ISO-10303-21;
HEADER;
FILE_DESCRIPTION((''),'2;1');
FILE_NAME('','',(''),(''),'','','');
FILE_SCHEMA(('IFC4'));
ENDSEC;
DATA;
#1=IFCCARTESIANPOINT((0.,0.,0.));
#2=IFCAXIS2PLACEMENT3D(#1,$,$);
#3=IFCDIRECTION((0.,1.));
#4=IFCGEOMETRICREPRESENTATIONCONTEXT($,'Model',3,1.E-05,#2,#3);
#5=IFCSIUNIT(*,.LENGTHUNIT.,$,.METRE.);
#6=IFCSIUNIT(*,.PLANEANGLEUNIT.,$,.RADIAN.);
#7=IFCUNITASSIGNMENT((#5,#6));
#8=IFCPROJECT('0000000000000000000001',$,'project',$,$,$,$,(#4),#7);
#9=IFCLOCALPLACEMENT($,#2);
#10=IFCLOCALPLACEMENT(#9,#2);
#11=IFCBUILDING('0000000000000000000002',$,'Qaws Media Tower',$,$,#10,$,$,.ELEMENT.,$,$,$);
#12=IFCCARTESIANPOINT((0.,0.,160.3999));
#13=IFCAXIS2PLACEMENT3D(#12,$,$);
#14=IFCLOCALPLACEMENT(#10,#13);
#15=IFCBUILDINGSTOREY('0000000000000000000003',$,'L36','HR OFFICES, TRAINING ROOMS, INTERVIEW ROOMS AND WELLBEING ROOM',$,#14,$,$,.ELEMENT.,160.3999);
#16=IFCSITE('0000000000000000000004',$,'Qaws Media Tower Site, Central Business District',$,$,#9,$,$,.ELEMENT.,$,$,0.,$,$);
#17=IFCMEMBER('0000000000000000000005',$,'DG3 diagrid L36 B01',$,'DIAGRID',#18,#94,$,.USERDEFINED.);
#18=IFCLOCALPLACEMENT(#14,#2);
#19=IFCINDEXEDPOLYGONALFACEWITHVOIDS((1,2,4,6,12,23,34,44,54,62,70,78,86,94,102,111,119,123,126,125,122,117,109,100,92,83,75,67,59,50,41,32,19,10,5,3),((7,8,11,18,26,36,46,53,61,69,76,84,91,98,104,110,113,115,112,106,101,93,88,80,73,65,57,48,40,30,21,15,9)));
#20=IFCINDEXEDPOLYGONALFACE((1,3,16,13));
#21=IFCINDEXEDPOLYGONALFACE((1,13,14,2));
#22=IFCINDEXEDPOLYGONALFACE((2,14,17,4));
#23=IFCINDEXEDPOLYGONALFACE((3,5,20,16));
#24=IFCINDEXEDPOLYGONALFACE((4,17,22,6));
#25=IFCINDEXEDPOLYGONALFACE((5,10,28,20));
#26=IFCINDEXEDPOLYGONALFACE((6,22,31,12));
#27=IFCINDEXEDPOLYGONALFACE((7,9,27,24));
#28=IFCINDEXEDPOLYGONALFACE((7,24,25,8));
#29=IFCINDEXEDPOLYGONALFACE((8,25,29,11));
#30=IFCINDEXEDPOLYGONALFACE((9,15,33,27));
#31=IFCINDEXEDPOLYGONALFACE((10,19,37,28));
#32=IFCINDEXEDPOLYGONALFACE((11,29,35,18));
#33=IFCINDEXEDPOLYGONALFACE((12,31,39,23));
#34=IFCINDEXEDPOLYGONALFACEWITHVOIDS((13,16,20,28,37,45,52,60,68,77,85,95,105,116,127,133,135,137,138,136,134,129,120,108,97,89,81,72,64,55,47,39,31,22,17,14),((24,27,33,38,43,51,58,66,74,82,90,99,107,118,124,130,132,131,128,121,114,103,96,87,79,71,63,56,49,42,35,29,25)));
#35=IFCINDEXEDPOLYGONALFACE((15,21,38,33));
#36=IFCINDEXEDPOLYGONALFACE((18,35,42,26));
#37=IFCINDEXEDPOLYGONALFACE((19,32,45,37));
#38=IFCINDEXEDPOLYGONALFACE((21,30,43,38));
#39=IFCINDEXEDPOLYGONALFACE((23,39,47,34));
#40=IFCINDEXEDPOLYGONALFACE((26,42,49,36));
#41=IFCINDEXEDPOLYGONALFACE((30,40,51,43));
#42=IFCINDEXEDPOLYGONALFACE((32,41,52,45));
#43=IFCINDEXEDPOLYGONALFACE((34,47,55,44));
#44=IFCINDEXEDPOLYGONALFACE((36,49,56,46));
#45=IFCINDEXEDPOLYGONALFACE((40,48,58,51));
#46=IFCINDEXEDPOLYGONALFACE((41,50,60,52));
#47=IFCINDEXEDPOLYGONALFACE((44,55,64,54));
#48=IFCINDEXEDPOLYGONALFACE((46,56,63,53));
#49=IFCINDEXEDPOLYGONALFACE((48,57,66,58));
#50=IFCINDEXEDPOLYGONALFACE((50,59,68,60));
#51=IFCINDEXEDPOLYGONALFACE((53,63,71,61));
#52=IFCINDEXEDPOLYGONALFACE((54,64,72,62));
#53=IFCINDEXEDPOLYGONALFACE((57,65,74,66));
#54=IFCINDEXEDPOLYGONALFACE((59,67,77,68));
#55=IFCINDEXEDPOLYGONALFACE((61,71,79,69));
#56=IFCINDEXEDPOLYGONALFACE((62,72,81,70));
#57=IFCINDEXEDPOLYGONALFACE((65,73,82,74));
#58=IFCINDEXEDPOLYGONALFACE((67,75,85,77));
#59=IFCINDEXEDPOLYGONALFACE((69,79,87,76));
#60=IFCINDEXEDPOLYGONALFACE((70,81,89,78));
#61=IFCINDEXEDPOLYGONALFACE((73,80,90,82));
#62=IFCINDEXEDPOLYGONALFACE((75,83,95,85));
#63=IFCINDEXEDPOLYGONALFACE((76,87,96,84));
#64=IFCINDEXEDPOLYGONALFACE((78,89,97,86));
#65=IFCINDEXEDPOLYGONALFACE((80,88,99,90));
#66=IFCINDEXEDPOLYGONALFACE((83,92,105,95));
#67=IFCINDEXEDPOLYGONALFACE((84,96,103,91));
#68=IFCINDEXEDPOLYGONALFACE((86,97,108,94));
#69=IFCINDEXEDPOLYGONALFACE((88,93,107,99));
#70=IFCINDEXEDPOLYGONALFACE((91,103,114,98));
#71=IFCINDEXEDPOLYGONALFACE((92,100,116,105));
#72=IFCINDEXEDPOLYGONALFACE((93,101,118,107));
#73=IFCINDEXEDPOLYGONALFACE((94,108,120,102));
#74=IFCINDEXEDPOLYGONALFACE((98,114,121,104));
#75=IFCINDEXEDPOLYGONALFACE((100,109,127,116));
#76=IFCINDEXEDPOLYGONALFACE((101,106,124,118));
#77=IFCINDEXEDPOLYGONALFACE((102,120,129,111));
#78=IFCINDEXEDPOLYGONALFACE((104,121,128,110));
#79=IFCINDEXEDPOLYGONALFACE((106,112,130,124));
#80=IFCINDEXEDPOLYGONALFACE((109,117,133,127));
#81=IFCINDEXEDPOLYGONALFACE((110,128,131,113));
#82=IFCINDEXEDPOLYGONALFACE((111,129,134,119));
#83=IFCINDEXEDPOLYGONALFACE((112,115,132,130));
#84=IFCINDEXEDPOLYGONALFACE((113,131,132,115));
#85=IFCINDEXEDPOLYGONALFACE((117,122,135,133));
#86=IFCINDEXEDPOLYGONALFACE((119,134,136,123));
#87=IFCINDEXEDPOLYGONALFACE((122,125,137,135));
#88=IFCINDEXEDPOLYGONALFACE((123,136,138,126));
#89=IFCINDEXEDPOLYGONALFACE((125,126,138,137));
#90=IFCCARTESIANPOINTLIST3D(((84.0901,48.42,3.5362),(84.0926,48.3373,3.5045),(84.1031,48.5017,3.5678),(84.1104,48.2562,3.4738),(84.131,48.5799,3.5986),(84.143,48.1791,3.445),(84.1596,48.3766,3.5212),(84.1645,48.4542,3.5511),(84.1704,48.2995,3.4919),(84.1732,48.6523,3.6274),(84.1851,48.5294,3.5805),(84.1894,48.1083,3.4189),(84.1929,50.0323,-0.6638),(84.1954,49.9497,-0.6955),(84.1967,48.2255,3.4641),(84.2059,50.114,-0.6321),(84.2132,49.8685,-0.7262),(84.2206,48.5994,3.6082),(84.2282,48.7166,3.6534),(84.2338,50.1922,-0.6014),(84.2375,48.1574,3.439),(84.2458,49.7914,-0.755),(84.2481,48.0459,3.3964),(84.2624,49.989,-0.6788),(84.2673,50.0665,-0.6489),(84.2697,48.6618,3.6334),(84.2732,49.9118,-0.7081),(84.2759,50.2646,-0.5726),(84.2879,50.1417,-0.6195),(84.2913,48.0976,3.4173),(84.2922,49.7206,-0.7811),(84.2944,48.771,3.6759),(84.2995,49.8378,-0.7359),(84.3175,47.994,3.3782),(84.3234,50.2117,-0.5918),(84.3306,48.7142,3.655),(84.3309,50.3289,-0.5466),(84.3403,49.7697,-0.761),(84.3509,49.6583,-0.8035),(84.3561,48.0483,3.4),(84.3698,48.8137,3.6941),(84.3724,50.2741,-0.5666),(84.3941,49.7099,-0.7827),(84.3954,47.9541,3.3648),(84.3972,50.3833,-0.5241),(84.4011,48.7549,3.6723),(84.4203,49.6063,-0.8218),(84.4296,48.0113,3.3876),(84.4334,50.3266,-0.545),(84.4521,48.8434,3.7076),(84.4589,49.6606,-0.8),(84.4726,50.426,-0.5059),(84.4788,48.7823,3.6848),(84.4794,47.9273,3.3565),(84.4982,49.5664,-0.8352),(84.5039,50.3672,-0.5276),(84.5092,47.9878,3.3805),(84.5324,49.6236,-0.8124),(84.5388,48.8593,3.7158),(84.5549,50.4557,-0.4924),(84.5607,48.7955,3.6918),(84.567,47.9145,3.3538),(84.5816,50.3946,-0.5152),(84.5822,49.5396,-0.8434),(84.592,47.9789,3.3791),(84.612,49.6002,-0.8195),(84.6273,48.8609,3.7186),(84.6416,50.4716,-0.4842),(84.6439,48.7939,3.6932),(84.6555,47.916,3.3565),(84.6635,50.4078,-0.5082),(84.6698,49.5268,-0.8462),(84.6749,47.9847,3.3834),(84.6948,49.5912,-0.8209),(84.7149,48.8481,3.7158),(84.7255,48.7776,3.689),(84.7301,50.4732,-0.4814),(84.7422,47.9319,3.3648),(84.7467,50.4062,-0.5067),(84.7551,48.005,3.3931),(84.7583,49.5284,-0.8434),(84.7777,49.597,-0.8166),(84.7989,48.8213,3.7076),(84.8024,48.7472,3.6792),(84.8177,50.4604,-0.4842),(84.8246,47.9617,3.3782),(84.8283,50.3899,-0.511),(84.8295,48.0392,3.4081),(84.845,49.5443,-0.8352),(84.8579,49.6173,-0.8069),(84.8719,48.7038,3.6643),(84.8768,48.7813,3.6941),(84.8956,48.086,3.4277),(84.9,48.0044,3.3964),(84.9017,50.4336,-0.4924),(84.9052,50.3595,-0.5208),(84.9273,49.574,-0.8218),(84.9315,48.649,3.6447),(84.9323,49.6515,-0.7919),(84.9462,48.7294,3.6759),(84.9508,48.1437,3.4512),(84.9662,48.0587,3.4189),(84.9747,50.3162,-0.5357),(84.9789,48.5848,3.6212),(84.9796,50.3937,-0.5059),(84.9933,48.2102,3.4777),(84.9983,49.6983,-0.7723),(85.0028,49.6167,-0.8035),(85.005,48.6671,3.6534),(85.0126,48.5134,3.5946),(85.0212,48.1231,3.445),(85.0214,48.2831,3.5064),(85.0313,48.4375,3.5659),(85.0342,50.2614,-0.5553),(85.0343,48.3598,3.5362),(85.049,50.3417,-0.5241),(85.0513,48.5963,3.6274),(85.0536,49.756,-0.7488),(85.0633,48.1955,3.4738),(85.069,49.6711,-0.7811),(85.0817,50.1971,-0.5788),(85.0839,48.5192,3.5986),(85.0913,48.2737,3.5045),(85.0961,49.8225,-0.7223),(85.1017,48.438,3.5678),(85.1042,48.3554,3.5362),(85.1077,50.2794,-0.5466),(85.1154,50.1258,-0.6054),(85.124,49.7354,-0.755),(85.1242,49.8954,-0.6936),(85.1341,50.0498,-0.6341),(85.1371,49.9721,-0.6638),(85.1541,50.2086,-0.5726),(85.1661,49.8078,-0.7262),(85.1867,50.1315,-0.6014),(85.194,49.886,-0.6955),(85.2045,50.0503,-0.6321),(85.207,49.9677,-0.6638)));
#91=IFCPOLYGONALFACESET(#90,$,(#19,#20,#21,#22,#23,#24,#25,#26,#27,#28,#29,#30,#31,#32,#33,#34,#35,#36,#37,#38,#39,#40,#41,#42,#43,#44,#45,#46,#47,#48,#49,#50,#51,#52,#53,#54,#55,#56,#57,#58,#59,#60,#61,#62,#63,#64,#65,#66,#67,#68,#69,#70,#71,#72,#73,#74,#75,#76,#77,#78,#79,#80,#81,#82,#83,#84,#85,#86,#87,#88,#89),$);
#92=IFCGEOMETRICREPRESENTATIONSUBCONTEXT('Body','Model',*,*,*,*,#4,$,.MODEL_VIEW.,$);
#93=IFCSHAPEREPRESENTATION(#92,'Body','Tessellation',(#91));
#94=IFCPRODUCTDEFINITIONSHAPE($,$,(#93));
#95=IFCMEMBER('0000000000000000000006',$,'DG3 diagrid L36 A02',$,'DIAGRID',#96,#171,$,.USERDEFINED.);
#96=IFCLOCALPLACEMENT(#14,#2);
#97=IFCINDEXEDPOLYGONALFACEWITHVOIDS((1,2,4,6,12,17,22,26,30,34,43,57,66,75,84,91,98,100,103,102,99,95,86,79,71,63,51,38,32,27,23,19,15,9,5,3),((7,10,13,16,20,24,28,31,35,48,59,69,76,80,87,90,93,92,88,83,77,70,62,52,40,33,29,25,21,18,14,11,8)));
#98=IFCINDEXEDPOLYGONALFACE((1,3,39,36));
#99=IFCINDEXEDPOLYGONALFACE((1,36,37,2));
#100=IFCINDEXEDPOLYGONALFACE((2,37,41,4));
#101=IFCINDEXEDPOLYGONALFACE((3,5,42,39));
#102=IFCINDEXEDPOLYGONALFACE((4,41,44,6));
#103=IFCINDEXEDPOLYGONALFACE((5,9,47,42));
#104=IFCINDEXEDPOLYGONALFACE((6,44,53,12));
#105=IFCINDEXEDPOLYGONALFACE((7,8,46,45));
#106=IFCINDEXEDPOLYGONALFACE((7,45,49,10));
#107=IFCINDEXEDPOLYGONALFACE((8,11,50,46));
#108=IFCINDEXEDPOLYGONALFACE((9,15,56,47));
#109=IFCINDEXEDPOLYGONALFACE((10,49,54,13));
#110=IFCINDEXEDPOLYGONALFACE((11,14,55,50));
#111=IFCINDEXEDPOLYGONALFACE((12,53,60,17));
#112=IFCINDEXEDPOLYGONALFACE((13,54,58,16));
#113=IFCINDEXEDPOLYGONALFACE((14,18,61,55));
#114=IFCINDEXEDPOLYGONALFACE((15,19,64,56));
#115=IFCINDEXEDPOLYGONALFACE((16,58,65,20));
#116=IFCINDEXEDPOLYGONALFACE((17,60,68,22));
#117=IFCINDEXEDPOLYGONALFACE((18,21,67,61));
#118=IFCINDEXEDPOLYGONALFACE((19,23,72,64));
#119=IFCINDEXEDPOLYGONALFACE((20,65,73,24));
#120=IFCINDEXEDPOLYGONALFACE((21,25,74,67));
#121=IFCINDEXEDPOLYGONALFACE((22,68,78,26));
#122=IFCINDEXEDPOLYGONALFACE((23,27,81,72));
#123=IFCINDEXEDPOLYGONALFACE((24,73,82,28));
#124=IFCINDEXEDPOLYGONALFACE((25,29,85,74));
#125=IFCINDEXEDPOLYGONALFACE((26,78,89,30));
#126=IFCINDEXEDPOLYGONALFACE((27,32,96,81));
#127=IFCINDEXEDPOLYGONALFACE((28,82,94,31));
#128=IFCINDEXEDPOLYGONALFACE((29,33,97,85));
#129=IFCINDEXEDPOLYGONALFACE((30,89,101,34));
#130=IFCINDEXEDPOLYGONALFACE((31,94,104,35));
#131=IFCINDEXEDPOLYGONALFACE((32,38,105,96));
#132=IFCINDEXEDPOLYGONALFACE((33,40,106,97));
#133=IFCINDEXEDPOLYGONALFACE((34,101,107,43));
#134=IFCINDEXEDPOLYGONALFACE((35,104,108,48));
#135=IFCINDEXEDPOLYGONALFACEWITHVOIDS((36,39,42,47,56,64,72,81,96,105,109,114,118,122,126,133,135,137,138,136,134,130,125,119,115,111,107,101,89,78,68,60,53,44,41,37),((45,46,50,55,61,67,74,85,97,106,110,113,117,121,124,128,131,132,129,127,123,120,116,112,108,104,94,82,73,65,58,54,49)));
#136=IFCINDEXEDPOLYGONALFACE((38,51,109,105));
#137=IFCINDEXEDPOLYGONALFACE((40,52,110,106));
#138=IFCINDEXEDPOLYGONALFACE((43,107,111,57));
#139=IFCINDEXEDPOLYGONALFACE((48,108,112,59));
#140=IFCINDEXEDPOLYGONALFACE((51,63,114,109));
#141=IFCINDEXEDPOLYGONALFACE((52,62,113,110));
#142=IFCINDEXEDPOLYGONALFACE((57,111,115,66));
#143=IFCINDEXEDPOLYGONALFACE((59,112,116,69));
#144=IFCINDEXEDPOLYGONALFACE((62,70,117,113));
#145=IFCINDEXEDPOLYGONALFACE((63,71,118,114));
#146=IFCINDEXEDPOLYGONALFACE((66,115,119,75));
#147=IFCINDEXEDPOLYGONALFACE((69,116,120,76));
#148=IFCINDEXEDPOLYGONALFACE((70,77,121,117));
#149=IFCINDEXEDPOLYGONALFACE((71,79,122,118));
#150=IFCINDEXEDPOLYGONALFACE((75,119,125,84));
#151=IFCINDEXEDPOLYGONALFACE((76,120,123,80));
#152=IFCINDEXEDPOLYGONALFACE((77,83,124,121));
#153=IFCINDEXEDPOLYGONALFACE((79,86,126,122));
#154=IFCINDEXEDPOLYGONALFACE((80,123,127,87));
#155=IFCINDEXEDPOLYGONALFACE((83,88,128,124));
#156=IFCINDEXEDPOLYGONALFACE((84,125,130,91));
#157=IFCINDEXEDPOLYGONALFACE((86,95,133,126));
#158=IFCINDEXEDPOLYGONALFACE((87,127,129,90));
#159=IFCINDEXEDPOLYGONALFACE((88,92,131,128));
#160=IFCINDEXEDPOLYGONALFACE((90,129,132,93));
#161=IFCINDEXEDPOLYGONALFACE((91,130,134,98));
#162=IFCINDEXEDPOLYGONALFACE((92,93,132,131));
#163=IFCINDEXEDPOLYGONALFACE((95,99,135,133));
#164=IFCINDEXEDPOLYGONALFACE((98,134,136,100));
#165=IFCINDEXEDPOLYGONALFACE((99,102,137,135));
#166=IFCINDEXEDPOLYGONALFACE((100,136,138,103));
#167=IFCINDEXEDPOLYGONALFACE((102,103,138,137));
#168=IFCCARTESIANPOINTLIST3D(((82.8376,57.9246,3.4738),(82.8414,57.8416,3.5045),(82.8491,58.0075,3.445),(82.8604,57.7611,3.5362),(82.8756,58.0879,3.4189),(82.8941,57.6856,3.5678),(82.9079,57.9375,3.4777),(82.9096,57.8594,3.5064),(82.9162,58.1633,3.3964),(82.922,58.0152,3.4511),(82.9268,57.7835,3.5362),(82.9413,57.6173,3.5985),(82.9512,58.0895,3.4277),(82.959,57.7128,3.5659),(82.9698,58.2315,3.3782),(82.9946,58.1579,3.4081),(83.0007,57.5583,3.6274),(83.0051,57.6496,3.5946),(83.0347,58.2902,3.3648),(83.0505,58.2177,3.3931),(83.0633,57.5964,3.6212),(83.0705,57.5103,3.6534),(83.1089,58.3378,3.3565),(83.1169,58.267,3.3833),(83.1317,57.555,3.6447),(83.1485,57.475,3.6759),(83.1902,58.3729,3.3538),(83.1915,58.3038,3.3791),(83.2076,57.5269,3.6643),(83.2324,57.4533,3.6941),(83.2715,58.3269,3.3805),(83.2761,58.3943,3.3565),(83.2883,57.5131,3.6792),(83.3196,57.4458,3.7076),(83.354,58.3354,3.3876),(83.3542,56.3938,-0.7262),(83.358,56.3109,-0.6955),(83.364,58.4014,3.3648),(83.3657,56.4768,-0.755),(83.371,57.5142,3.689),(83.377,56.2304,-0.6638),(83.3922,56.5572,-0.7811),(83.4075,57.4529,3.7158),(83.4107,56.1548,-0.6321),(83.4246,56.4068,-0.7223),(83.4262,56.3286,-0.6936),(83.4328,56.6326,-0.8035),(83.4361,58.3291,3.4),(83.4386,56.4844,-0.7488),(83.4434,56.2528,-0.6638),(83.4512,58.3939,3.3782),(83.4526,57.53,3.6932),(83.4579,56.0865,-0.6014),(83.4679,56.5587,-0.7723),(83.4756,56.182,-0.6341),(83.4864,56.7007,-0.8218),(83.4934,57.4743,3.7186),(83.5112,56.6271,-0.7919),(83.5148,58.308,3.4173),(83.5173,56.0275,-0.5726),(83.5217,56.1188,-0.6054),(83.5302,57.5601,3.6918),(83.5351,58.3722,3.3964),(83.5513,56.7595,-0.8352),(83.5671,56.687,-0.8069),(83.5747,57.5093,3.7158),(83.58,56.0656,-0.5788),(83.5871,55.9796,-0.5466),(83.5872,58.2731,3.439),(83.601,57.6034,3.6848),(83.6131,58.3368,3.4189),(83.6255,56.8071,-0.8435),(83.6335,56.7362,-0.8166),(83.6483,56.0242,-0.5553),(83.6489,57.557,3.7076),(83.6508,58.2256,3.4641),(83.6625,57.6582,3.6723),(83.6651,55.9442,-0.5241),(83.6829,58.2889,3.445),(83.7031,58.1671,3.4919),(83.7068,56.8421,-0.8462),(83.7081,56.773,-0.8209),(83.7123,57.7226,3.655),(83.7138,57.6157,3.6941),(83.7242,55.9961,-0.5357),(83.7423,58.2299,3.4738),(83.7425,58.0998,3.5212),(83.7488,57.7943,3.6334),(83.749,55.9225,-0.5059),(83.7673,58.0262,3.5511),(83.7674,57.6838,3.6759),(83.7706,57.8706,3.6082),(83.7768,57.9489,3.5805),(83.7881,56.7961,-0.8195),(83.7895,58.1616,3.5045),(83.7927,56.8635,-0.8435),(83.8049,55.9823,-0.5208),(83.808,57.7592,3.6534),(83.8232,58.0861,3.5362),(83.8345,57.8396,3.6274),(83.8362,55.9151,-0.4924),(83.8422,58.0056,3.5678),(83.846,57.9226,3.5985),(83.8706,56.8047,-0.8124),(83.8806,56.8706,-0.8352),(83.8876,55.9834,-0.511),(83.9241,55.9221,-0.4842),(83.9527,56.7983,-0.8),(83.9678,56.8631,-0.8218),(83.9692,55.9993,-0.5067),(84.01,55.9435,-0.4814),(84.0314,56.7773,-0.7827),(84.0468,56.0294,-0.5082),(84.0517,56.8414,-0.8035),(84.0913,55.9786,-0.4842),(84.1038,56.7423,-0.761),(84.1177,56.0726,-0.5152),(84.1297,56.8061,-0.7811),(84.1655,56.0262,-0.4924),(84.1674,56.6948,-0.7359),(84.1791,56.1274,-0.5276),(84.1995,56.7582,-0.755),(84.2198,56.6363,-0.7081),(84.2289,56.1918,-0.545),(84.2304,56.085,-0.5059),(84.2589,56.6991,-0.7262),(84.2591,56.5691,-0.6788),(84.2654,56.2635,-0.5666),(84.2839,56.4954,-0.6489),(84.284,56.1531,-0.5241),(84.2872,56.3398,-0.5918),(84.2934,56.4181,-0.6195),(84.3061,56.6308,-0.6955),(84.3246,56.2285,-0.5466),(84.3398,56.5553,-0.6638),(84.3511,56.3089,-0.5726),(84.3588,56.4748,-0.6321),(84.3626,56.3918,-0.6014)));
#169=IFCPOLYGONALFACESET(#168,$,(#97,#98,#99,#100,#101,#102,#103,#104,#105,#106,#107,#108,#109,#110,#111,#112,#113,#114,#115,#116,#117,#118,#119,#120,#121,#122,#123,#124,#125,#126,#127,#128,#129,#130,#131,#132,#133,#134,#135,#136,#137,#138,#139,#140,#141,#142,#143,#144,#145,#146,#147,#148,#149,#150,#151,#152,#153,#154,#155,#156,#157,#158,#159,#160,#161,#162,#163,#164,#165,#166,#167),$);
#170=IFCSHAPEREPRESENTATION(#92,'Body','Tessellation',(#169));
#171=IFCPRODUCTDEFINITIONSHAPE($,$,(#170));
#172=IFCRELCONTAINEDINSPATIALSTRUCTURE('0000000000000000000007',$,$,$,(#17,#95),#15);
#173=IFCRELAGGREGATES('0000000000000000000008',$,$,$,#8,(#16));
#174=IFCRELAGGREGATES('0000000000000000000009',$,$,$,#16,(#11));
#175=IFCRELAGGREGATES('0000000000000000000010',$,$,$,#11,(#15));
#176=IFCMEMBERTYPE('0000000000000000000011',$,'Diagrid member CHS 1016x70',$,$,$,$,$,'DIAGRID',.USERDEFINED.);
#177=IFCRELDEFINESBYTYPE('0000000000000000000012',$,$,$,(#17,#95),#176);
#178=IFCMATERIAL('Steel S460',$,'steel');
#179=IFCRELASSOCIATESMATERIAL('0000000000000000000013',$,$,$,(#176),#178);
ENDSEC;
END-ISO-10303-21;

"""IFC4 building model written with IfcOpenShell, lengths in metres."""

from ifc_helpers import new_model, si_unit, direction, frame, origin, origin_2d, place, context, subcontext, project, spatial, hollow_circle, extrude, material, material_profile, profile_set, type_object, element, save


model = new_model("IFC4")

# Units and contexts
model_context = context("Model", 3, precision=1e-05, world=origin(), true_north=direction((0.0, 1.0)))
body_context = subcontext(model_context, "Body", "Model", "MODEL_VIEW")
ifc_project = project(units=[si_unit("LENGTHUNIT", "METRE"), si_unit("PLANEANGLEUNIT", "RADIAN")], contexts=[model_context])

# Site, building, storey
site_placement = place(None, origin())
site = spatial("IfcSite", under=ifc_project, at=site_placement, Name="Qaws Media Tower Site, Central Business District", CompositionType="ELEMENT", RefElevation=0.0)
building_placement = place(site_placement, origin())
building = spatial("IfcBuilding", under=site, at=building_placement, Name="Qaws Media Tower", CompositionType="ELEMENT")
storey_placement = place(building_placement, frame((0.0, 0.0, 160.3999)))
storey = spatial("IfcBuildingStorey", under=building, at=storey_placement, Name="L36", Description="HR OFFICES, TRAINING ROOMS, INTERVIEW ROOMS AND WELLBEING ROOM", CompositionType="ELEMENT", Elevation=160.3999)

# Members
ifc_material_1 = material(Name="Steel S460", Category="steel")
ifc_material_profile_1 = material_profile(ifc_material_1, hollow_circle(Radius=0.5081, WallThickness=0.0701, at=origin_2d()), Name="CHS 1016x70")
ifc_profile_set_1 = profile_set([ifc_material_profile_1], Name="Steel S460")
member_type_1 = type_object("IfcMemberType", Name="Diagrid member CHS 1016x70", ElementType="DIAGRID", PredefinedType="USERDEFINED", material=ifc_profile_set_1)
for number, where, z_axis, x_axis, name in (
    (1, (84.7, 50.0, -0.6638), (-0.022841, -0.358293, 0.93333), (0.997974, -0.06362, 0.0), "DG3 diagrid L36 B01"),
    (2, (83.8584, 56.3928, -0.6638), (-0.114801, 0.340172, 0.933329), (-0.947498, -0.319762, 0.0), "DG3 diagrid L36 A02"),
):
    element("IfcMember", number, at=place(storey_placement, frame(where, z_axis=z_axis, x_axis=x_axis)), inside=storey, type_object=member_type_1, Name=name, ObjectType="DIAGRID", PredefinedType="USERDEFINED", context=body_context, shape_type="SweptSolid", body=[
        extrude(hollow_circle(Radius=0.5081, WallThickness=0.0701, at=origin_2d()), origin(), (0.0, 0.0, 1.0), 4.5),
    ])

save(model, "model.ifc")
